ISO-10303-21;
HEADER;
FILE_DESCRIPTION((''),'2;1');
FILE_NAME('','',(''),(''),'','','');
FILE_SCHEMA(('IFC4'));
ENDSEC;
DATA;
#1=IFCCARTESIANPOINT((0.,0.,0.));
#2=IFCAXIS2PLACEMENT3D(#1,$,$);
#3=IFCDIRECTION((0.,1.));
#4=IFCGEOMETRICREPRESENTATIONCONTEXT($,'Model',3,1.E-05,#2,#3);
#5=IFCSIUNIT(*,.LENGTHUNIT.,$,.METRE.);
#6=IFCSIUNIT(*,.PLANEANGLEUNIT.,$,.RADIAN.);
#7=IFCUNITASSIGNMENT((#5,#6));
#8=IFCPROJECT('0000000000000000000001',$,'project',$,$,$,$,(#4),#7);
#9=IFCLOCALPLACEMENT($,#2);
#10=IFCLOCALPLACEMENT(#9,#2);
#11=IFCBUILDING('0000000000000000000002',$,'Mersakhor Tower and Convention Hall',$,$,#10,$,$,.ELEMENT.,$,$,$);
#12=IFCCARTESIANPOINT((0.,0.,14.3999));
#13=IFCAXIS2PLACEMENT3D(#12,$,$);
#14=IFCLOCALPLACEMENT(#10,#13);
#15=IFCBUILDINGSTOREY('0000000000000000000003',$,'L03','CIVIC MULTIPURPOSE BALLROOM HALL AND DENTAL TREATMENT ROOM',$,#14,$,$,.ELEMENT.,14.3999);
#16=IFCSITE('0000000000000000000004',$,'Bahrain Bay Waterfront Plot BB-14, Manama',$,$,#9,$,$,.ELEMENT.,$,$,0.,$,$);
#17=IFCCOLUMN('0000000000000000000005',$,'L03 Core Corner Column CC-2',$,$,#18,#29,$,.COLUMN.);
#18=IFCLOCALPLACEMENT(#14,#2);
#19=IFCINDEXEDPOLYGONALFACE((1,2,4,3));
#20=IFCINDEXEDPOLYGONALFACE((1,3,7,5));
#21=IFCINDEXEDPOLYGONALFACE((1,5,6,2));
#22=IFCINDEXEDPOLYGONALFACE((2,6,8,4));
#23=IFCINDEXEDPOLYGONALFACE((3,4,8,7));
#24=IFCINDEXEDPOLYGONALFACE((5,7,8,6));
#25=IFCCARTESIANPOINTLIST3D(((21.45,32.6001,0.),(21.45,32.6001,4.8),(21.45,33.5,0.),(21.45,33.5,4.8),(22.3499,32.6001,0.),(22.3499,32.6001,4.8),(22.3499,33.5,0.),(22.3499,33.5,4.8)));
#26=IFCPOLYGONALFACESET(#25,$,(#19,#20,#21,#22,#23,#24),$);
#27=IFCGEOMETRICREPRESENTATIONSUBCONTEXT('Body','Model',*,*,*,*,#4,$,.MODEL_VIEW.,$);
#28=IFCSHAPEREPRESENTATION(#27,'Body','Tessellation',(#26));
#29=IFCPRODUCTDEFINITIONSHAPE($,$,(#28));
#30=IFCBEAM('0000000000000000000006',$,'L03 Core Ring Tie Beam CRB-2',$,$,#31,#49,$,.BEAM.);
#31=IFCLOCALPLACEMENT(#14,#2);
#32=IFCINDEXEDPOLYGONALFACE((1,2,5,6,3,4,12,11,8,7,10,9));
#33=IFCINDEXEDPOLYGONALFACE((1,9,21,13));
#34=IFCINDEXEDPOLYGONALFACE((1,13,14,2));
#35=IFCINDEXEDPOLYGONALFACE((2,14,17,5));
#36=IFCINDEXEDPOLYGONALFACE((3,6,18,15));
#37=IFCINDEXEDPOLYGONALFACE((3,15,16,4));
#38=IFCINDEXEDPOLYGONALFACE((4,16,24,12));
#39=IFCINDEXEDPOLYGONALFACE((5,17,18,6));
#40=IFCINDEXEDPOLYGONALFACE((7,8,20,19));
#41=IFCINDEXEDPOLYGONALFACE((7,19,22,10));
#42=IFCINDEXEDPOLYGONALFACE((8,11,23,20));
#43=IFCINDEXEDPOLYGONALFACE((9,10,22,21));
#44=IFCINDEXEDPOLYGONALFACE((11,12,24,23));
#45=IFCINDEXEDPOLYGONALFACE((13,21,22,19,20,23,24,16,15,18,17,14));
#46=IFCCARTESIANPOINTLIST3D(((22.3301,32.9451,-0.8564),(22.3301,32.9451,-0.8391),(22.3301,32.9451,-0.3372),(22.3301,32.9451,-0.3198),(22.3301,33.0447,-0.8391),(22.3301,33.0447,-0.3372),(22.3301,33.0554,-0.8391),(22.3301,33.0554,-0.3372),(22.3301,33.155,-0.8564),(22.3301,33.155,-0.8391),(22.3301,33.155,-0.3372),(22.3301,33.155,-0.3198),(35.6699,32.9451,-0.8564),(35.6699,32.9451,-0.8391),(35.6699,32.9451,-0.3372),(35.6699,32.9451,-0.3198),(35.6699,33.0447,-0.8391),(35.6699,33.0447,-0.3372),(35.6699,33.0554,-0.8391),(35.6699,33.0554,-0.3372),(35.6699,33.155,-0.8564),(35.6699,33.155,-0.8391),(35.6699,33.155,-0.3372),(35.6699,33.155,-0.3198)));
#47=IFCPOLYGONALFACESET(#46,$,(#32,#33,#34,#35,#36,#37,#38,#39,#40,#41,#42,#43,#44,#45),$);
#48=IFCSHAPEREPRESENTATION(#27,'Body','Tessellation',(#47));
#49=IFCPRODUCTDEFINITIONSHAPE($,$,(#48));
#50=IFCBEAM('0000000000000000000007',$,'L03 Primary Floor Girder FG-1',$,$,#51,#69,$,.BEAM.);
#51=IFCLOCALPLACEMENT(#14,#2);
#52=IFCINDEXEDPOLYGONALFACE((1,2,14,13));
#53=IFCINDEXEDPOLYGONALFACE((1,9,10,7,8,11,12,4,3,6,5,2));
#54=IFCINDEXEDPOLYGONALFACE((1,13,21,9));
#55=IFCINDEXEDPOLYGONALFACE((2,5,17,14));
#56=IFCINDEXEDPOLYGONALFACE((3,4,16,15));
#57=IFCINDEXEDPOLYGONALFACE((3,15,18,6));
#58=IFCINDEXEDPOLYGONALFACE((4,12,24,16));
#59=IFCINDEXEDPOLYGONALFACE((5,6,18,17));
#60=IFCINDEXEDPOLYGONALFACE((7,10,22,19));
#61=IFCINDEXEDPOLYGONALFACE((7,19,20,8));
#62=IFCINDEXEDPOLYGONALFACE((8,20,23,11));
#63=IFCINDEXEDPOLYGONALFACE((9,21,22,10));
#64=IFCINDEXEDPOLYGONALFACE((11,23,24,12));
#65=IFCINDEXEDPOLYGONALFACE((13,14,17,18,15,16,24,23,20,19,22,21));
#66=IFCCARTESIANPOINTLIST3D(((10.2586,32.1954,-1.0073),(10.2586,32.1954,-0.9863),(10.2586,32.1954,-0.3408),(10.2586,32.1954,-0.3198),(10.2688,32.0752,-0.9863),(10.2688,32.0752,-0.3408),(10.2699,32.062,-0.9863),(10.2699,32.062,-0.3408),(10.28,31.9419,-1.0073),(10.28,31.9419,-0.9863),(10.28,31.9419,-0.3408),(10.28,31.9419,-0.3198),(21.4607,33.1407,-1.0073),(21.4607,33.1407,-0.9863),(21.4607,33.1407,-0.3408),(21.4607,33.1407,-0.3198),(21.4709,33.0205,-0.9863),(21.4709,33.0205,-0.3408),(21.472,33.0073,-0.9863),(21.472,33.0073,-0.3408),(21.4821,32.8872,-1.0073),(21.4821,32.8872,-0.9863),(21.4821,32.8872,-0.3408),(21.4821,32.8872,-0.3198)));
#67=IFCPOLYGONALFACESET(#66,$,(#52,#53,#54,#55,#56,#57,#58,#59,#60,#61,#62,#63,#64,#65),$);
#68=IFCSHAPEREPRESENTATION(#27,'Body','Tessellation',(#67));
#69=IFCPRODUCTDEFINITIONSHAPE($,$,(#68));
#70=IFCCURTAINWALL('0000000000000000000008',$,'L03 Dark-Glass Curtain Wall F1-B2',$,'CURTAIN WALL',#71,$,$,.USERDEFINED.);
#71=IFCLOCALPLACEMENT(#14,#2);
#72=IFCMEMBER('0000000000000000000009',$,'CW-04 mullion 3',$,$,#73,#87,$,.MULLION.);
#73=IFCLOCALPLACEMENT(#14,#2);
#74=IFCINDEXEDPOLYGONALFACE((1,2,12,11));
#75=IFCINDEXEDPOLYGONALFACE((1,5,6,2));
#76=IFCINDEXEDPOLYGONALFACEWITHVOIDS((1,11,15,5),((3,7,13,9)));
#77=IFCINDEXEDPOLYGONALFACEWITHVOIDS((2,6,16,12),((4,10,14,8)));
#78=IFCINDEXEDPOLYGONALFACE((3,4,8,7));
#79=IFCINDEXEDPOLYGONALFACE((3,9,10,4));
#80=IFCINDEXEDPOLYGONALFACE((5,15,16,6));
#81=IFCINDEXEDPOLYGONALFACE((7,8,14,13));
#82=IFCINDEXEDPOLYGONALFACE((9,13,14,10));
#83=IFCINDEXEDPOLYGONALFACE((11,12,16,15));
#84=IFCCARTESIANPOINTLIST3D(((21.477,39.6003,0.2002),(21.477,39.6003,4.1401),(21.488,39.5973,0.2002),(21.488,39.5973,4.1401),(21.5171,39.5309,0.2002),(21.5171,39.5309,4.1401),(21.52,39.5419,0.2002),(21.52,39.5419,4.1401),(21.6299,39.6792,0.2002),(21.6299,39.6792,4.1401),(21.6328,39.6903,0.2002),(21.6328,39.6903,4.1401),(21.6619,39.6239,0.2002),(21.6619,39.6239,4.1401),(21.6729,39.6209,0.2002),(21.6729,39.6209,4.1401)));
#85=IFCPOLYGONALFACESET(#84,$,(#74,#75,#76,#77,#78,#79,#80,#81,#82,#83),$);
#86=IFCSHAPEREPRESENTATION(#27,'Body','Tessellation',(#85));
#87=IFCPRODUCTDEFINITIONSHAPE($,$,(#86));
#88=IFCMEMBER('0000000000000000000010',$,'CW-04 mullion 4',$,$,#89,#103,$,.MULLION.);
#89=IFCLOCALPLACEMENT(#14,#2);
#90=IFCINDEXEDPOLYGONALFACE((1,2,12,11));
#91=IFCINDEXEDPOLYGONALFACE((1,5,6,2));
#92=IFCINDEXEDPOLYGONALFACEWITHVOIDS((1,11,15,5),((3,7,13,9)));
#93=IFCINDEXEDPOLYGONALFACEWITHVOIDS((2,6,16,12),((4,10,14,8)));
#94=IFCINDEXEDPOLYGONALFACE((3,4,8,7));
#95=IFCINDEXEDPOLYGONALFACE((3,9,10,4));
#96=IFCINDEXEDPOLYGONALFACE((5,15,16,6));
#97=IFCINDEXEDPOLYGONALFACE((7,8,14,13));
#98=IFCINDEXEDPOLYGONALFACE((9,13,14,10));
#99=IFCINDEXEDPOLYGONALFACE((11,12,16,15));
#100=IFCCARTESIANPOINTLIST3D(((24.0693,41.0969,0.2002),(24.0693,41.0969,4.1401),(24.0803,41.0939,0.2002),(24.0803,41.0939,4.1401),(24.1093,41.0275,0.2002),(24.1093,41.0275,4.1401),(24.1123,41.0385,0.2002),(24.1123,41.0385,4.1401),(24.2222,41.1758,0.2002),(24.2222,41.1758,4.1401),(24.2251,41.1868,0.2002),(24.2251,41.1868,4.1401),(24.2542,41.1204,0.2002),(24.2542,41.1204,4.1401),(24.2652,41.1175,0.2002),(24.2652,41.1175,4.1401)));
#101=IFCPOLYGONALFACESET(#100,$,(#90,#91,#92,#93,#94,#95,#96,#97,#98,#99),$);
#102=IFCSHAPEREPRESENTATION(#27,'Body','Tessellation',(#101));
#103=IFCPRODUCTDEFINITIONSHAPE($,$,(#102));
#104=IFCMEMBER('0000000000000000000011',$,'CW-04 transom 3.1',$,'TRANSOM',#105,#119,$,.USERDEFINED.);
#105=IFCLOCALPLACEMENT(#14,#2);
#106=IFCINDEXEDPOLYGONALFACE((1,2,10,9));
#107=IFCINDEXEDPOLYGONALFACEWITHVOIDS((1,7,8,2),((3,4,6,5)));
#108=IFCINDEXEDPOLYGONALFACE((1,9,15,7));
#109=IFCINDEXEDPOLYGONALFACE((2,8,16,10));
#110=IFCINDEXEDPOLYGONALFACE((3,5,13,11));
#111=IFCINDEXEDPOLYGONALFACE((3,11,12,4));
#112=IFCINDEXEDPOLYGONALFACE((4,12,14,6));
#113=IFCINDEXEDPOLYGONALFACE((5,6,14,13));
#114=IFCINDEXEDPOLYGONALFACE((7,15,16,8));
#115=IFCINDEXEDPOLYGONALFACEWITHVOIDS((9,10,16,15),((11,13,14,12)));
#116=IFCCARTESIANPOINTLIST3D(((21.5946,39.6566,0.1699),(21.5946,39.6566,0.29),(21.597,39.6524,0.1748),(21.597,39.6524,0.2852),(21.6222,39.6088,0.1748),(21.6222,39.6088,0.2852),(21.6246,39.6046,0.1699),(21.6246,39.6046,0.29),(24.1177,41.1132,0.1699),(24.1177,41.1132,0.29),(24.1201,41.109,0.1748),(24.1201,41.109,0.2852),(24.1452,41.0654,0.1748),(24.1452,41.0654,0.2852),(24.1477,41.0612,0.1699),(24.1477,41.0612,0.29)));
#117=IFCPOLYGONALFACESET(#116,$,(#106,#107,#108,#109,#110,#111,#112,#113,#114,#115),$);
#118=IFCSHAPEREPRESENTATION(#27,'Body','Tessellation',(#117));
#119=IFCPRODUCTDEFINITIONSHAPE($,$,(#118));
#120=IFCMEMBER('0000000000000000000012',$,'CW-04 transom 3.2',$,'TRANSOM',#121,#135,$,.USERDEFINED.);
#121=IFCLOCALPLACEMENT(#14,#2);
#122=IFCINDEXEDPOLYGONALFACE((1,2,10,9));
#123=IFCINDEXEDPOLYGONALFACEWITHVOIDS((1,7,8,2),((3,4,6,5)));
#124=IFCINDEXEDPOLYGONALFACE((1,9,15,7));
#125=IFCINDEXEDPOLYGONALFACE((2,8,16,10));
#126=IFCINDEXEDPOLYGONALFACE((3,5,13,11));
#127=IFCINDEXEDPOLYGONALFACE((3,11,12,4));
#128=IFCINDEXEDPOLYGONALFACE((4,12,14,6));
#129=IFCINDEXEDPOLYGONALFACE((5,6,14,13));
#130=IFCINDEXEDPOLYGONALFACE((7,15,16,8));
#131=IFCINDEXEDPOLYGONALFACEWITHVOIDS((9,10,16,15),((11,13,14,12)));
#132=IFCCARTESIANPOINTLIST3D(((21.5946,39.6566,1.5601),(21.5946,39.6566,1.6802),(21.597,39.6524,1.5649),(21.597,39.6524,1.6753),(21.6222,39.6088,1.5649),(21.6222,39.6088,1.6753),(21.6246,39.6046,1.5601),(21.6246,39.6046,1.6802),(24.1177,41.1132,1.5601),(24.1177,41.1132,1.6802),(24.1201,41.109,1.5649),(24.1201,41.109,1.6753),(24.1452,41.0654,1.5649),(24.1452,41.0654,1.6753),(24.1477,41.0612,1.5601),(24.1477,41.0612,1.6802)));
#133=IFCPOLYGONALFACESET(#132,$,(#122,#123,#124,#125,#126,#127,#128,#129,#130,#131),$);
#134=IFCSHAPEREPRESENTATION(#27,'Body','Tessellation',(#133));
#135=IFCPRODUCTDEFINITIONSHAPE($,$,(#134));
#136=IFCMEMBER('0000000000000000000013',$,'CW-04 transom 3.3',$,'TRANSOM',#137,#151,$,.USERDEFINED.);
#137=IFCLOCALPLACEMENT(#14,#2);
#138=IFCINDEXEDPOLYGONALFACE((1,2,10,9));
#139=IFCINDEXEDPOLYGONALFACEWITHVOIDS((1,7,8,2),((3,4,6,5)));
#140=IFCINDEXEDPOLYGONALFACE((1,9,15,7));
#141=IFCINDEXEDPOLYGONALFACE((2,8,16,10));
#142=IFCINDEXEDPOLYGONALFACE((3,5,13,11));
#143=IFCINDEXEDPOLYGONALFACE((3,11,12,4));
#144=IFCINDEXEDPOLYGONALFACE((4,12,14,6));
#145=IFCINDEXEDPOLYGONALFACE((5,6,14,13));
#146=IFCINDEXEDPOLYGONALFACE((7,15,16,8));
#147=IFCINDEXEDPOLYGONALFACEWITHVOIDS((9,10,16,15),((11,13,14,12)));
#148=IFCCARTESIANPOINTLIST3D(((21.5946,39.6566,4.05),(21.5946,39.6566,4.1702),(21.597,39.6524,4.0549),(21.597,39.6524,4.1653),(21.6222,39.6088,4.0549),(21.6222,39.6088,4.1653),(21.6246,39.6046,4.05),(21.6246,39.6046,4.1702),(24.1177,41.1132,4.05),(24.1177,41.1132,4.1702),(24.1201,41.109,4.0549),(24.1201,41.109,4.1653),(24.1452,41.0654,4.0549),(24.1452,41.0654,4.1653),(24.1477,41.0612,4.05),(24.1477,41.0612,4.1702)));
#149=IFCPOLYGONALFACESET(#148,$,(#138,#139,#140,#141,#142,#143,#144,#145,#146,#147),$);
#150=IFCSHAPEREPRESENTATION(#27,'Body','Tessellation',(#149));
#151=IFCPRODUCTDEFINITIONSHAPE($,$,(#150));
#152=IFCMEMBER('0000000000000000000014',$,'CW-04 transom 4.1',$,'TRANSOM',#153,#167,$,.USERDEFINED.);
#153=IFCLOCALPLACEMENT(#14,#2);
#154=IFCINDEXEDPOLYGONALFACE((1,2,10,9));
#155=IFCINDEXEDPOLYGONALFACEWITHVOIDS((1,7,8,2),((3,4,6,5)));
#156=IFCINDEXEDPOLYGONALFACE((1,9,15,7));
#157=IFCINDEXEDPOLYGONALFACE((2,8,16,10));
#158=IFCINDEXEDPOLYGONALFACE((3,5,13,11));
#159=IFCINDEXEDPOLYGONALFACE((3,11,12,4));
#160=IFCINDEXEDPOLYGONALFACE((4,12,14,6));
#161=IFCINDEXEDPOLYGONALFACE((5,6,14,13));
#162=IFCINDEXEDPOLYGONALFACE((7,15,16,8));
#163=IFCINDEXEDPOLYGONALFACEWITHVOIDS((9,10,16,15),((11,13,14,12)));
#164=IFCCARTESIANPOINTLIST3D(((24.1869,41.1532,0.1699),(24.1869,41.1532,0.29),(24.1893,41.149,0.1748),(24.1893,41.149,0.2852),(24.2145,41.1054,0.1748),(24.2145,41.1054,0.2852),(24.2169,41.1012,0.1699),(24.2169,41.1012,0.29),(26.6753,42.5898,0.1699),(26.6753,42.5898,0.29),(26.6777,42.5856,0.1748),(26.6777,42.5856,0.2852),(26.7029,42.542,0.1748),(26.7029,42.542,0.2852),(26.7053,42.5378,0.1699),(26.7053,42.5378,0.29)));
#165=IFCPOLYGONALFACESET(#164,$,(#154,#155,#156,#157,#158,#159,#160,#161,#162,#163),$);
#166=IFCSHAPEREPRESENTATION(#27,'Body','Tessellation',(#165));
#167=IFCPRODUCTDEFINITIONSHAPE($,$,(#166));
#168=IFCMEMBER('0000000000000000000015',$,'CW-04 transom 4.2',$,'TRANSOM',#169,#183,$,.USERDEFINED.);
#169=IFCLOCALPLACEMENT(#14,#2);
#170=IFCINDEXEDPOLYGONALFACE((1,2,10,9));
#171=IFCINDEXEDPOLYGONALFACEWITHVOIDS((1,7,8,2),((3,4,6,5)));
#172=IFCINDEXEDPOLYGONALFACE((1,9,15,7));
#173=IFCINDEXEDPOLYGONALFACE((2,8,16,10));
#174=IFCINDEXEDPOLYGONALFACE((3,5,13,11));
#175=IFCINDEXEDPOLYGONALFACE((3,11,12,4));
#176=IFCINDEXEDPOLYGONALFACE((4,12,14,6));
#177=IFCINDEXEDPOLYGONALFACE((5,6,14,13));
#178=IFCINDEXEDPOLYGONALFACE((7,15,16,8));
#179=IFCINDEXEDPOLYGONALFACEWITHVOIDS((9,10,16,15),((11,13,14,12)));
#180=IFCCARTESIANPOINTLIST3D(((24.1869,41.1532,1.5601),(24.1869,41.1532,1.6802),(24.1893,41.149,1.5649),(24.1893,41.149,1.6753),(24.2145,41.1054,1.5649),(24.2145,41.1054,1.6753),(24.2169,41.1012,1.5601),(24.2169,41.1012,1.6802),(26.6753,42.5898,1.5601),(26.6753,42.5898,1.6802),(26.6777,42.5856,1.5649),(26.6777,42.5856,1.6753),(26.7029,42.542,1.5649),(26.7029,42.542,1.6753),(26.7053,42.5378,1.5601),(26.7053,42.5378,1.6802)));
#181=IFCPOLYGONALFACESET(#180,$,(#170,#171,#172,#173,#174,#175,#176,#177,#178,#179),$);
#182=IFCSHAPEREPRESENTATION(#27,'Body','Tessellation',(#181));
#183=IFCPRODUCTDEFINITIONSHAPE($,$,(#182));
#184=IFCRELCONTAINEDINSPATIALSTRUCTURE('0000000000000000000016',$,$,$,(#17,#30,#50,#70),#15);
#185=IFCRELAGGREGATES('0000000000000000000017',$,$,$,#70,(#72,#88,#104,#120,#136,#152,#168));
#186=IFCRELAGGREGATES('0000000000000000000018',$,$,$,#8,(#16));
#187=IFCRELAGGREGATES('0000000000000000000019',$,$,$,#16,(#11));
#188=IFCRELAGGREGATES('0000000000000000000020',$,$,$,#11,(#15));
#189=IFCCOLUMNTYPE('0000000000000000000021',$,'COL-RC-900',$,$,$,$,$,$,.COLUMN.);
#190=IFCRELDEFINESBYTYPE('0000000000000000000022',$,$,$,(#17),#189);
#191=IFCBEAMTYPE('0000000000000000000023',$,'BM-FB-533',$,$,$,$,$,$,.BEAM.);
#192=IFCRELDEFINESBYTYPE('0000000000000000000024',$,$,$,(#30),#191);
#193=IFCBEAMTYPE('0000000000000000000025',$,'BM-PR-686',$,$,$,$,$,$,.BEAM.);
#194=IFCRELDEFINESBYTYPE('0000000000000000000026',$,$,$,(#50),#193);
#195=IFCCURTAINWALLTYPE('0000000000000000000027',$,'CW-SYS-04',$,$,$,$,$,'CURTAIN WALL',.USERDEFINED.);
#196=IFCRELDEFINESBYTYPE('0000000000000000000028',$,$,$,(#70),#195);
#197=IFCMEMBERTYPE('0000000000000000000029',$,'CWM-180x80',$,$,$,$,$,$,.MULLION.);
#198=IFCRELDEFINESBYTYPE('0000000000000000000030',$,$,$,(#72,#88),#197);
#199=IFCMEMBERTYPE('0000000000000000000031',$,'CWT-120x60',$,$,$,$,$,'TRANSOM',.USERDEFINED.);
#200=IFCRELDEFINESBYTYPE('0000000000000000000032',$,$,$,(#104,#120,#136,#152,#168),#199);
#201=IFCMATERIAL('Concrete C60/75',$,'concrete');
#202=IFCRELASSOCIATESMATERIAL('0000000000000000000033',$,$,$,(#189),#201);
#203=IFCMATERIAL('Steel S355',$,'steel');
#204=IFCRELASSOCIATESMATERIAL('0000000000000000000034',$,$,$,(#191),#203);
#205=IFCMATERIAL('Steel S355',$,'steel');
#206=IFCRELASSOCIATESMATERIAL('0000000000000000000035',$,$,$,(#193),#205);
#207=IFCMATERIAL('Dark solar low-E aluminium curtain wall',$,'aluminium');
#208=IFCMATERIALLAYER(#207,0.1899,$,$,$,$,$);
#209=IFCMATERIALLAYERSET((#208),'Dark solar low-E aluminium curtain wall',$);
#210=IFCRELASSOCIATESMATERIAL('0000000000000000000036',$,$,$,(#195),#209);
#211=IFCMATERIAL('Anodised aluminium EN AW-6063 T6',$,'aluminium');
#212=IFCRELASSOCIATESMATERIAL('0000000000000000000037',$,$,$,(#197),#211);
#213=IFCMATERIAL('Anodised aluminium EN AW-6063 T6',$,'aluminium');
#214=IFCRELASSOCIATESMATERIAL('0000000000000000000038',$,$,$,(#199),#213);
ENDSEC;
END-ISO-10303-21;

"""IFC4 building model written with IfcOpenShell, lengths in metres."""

from ifc_helpers import new_model, si_unit, direction, frame, origin, origin_2d, place, context, subcontext, project, spatial, rectangle, hollow_rectangle, i_section, extrude, material, layer, layer_set, material_profile, profile_set, type_object, element, aggregate, save


model = new_model("IFC4")

# Units and contexts
model_context = context("Model", 3, precision=1e-05, world=origin(), true_north=direction((0.0, 1.0)))
body_context = subcontext(model_context, "Body", "Model", "MODEL_VIEW")
ifc_project = project(units=[si_unit("LENGTHUNIT", "METRE"), si_unit("PLANEANGLEUNIT", "RADIAN")], contexts=[model_context])

# Site, building, storey
site_placement = place(None, origin())
site = spatial("IfcSite", under=ifc_project, at=site_placement, Name="Bahrain Bay Waterfront Plot BB-14, Manama", CompositionType="ELEMENT", RefElevation=0.0)
building_placement = place(site_placement, origin())
building = spatial("IfcBuilding", under=site, at=building_placement, Name="Mersakhor Tower and Convention Hall", CompositionType="ELEMENT")
storey_placement = place(building_placement, frame((0.0, 0.0, 14.3999)))
storey = spatial("IfcBuildingStorey", under=building, at=storey_placement, Name="L03", Description="CIVIC MULTIPURPOSE BALLROOM HALL AND DENTAL TREATMENT ROOM", CompositionType="ELEMENT", Elevation=14.3999)

# Column
ifc_material_1 = material(Name="Concrete C60/75", Category="concrete")
ifc_material_profile_1 = material_profile(ifc_material_1, rectangle(XDim=0.8999, YDim=0.8999, at=origin_2d()), Name="RC 900x900")
ifc_profile_set_1 = profile_set([ifc_material_profile_1], Name="Concrete C60/75")
column_type = type_object("IfcColumnType", Name="COL-RC-900", PredefinedType="COLUMN", material=ifc_profile_set_1)
column_placement = place(storey_placement, frame((21.8999, 33.05, 0.0), z_axis=(0.0, 0.0, 1.0), x_axis=(1.0, 0.0, 0.0)))
element("IfcColumn", 1, at=column_placement, inside=storey, type_object=column_type, Name="L03 Core Corner Column CC-2", PredefinedType="COLUMN", context=body_context, shape_type="SweptSolid", body=[
    extrude(rectangle(XDim=0.8999, YDim=0.8999, at=origin_2d()), origin(), (0.0, 0.0, 1.0), 4.8),
])

# Beams
ifc_material_2 = material(Name="Steel S355", Category="steel")
ifc_material_profile_2 = material_profile(ifc_material_2, i_section(OverallWidth=0.21, OverallDepth=0.5366, WebThickness=0.0107, FlangeThickness=0.0173, at=origin_2d()), Name="UB 533x210x101")
ifc_profile_set_2 = profile_set([ifc_material_profile_2], Name="Steel S355")
beam_type_1 = type_object("IfcBeamType", Name="BM-FB-533", PredefinedType="BEAM", material=ifc_profile_set_2)
beam_1_placement = place(storey_placement, frame((22.3301, 33.05, -0.5881), z_axis=(1.0, 0.0, 0.0), x_axis=(0.0, 1.0, 0.0)))
element("IfcBeam", 2, at=beam_1_placement, inside=storey, type_object=beam_type_1, Name="L03 Core Ring Tie Beam CRB-2", PredefinedType="BEAM", context=body_context, shape_type="SweptSolid", body=[
    extrude(i_section(OverallWidth=0.21, OverallDepth=0.5366, WebThickness=0.0107, FlangeThickness=0.0173, at=origin_2d()), origin(), (0.0, 0.0, 1.0), 13.3398),
])
ifc_material_3 = material(Name="Steel S355", Category="steel")
ifc_material_profile_3 = material_profile(ifc_material_3, i_section(OverallWidth=0.2544, OverallDepth=0.6875, WebThickness=0.0132, FlangeThickness=0.021, at=origin_2d()), Name="UB 686x254x152")
ifc_profile_set_3 = profile_set([ifc_material_profile_3], Name="Steel S355")
beam_type_2 = type_object("IfcBeamType", Name="BM-PR-686", PredefinedType="BEAM", material=ifc_profile_set_3)
beam_2_placement = place(storey_placement, frame((21.4714, 33.0139, -0.6636), z_axis=(-0.996458, -0.084088, 0.0), x_axis=(0.084088, -0.996458, 0.0)))
element("IfcBeam", 3, at=beam_2_placement, inside=storey, type_object=beam_type_2, Name="L03 Primary Floor Girder FG-1", PredefinedType="BEAM", context=body_context, shape_type="SweptSolid", body=[
    extrude(i_section(OverallWidth=0.2544, OverallDepth=0.6875, WebThickness=0.0132, FlangeThickness=0.021, at=origin_2d()), origin(), (0.0, 0.0, 1.0), 11.2419),
])

# Curtain wall, members
ifc_material_4 = material(Name="Dark solar low-E aluminium curtain wall", Category="aluminium")
ifc_layer_1 = layer(ifc_material_4, 0.1899)
ifc_layer_set_1 = layer_set([ifc_layer_1], Name="Dark solar low-E aluminium curtain wall")
curtain_wall_type = type_object("IfcCurtainWallType", Name="CW-SYS-04", ElementType="CURTAIN WALL", PredefinedType="USERDEFINED", material=ifc_layer_set_1)
curtain_wall_placement = place(storey_placement, origin())
curtain_wall = element("IfcCurtainWall", 4, at=curtain_wall_placement, inside=storey, type_object=curtain_wall_type, Name="L03 Dark-Glass Curtain Wall F1-B2", ObjectType="CURTAIN WALL", PredefinedType="USERDEFINED")
ifc_material_5 = material(Name="Anodised aluminium EN AW-6063 T6", Category="aluminium")
ifc_material_profile_4 = material_profile(ifc_material_5, hollow_rectangle(XDim=0.0801, YDim=0.1799, WallThickness=0.0081, at=origin_2d()), Name="RHS 180x80x8")
ifc_profile_set_4 = profile_set([ifc_material_profile_4], Name="Anodised aluminium EN AW-6063 T6")
member_type_1 = type_object("IfcMemberType", Name="CWM-180x80", PredefinedType="MULLION", material=ifc_profile_set_4)
member_1_placement = place(storey_placement, frame((21.575, 39.6106, 0.2002), z_axis=(0.0, 0.0, 1.0), x_axis=(-0.500003, 0.866023, 0.0)))
member_1 = element("IfcMember", 5, at=member_1_placement, type_object=member_type_1, Name="CW-04 mullion 3", PredefinedType="MULLION", context=body_context, shape_type="SweptSolid", body=[
    extrude(hollow_rectangle(XDim=0.0801, YDim=0.1799, WallThickness=0.0081, at=origin_2d()), origin(), (0.0, 0.0, 1.0), 3.9399),
])
member_2_placement = place(storey_placement, frame((24.1672, 41.1072, 0.2002), z_axis=(0.0, 0.0, 1.0), x_axis=(-0.500003, 0.866023, 0.0)))
member_2 = element("IfcMember", 6, at=member_2_placement, type_object=member_type_1, Name="CW-04 mullion 4", PredefinedType="MULLION", context=body_context, shape_type="SweptSolid", body=[
    extrude(hollow_rectangle(XDim=0.0801, YDim=0.1799, WallThickness=0.0081, at=origin_2d()), origin(), (0.0, 0.0, 1.0), 3.9399),
])
ifc_material_6 = material(Name="Anodised aluminium EN AW-6063 T6", Category="aluminium")
ifc_material_profile_5 = material_profile(ifc_material_6, hollow_rectangle(XDim=0.0601, YDim=0.1201, WallThickness=0.0049, at=origin_2d()), Name="RHS 120x60x5")
ifc_profile_set_5 = profile_set([ifc_material_profile_5], Name="Anodised aluminium EN AW-6063 T6")
member_type_2 = type_object("IfcMemberType", Name="CWT-120x60", ElementType="TRANSOM", PredefinedType="USERDEFINED", material=ifc_profile_set_5)
member_3_placement = place(storey_placement, frame((21.6096, 39.6306, 0.23), z_axis=(0.866038, 0.499979, 0.0), x_axis=(-0.499979, 0.866038, 0.0)))
member_3 = element("IfcMember", 7, at=member_3_placement, type_object=member_type_2, Name="CW-04 transom 3.1", ObjectType="TRANSOM", PredefinedType="USERDEFINED", context=body_context, shape_type="SweptSolid", body=[
    extrude(hollow_rectangle(XDim=0.0601, YDim=0.1201, WallThickness=0.0049, at=origin_2d()), origin(), (0.0, 0.0, 1.0), 2.9133),
])
member_4_placement = place(storey_placement, frame((21.6096, 39.6306, 1.6201), z_axis=(0.866038, 0.499979, 0.0), x_axis=(-0.499979, 0.866038, 0.0)))
member_4 = element("IfcMember", 8, at=member_4_placement, type_object=member_type_2, Name="CW-04 transom 3.2", ObjectType="TRANSOM", PredefinedType="USERDEFINED", context=body_context, shape_type="SweptSolid", body=[
    extrude(hollow_rectangle(XDim=0.0601, YDim=0.1201, WallThickness=0.0049, at=origin_2d()), origin(), (0.0, 0.0, 1.0), 2.9133),
])
member_5_placement = place(storey_placement, frame((21.6096, 39.6306, 4.1101), z_axis=(0.866038, 0.499979, 0.0), x_axis=(-0.499979, 0.866038, 0.0)))
member_5 = element("IfcMember", 9, at=member_5_placement, type_object=member_type_2, Name="CW-04 transom 3.3", ObjectType="TRANSOM", PredefinedType="USERDEFINED", context=body_context, shape_type="SweptSolid", body=[
    extrude(hollow_rectangle(XDim=0.0601, YDim=0.1201, WallThickness=0.0049, at=origin_2d()), origin(), (0.0, 0.0, 1.0), 2.9133),
])
member_6_placement = place(storey_placement, frame((24.2019, 41.1272, 0.23), z_axis=(0.866038, 0.499977, 0.0), x_axis=(-0.499977, 0.866038, 0.0)))
member_6 = element("IfcMember", 10, at=member_6_placement, type_object=member_type_2, Name="CW-04 transom 4.1", ObjectType="TRANSOM", PredefinedType="USERDEFINED", context=body_context, shape_type="SweptSolid", body=[
    extrude(hollow_rectangle(XDim=0.0601, YDim=0.1201, WallThickness=0.0049, at=origin_2d()), origin(), (0.0, 0.0, 1.0), 2.8733),
])
member_7_placement = place(storey_placement, frame((24.2019, 41.1272, 1.6201), z_axis=(0.866038, 0.499977, 0.0), x_axis=(-0.499977, 0.866038, 0.0)))
member_7 = element("IfcMember", 11, at=member_7_placement, type_object=member_type_2, Name="CW-04 transom 4.2", ObjectType="TRANSOM", PredefinedType="USERDEFINED", context=body_context, shape_type="SweptSolid", body=[
    extrude(hollow_rectangle(XDim=0.0601, YDim=0.1201, WallThickness=0.0049, at=origin_2d()), origin(), (0.0, 0.0, 1.0), 2.8733),
])
aggregate(curtain_wall, [member_1, member_2, member_3, member_4, member_5, member_6, member_7])

save(model, "model.ifc")
